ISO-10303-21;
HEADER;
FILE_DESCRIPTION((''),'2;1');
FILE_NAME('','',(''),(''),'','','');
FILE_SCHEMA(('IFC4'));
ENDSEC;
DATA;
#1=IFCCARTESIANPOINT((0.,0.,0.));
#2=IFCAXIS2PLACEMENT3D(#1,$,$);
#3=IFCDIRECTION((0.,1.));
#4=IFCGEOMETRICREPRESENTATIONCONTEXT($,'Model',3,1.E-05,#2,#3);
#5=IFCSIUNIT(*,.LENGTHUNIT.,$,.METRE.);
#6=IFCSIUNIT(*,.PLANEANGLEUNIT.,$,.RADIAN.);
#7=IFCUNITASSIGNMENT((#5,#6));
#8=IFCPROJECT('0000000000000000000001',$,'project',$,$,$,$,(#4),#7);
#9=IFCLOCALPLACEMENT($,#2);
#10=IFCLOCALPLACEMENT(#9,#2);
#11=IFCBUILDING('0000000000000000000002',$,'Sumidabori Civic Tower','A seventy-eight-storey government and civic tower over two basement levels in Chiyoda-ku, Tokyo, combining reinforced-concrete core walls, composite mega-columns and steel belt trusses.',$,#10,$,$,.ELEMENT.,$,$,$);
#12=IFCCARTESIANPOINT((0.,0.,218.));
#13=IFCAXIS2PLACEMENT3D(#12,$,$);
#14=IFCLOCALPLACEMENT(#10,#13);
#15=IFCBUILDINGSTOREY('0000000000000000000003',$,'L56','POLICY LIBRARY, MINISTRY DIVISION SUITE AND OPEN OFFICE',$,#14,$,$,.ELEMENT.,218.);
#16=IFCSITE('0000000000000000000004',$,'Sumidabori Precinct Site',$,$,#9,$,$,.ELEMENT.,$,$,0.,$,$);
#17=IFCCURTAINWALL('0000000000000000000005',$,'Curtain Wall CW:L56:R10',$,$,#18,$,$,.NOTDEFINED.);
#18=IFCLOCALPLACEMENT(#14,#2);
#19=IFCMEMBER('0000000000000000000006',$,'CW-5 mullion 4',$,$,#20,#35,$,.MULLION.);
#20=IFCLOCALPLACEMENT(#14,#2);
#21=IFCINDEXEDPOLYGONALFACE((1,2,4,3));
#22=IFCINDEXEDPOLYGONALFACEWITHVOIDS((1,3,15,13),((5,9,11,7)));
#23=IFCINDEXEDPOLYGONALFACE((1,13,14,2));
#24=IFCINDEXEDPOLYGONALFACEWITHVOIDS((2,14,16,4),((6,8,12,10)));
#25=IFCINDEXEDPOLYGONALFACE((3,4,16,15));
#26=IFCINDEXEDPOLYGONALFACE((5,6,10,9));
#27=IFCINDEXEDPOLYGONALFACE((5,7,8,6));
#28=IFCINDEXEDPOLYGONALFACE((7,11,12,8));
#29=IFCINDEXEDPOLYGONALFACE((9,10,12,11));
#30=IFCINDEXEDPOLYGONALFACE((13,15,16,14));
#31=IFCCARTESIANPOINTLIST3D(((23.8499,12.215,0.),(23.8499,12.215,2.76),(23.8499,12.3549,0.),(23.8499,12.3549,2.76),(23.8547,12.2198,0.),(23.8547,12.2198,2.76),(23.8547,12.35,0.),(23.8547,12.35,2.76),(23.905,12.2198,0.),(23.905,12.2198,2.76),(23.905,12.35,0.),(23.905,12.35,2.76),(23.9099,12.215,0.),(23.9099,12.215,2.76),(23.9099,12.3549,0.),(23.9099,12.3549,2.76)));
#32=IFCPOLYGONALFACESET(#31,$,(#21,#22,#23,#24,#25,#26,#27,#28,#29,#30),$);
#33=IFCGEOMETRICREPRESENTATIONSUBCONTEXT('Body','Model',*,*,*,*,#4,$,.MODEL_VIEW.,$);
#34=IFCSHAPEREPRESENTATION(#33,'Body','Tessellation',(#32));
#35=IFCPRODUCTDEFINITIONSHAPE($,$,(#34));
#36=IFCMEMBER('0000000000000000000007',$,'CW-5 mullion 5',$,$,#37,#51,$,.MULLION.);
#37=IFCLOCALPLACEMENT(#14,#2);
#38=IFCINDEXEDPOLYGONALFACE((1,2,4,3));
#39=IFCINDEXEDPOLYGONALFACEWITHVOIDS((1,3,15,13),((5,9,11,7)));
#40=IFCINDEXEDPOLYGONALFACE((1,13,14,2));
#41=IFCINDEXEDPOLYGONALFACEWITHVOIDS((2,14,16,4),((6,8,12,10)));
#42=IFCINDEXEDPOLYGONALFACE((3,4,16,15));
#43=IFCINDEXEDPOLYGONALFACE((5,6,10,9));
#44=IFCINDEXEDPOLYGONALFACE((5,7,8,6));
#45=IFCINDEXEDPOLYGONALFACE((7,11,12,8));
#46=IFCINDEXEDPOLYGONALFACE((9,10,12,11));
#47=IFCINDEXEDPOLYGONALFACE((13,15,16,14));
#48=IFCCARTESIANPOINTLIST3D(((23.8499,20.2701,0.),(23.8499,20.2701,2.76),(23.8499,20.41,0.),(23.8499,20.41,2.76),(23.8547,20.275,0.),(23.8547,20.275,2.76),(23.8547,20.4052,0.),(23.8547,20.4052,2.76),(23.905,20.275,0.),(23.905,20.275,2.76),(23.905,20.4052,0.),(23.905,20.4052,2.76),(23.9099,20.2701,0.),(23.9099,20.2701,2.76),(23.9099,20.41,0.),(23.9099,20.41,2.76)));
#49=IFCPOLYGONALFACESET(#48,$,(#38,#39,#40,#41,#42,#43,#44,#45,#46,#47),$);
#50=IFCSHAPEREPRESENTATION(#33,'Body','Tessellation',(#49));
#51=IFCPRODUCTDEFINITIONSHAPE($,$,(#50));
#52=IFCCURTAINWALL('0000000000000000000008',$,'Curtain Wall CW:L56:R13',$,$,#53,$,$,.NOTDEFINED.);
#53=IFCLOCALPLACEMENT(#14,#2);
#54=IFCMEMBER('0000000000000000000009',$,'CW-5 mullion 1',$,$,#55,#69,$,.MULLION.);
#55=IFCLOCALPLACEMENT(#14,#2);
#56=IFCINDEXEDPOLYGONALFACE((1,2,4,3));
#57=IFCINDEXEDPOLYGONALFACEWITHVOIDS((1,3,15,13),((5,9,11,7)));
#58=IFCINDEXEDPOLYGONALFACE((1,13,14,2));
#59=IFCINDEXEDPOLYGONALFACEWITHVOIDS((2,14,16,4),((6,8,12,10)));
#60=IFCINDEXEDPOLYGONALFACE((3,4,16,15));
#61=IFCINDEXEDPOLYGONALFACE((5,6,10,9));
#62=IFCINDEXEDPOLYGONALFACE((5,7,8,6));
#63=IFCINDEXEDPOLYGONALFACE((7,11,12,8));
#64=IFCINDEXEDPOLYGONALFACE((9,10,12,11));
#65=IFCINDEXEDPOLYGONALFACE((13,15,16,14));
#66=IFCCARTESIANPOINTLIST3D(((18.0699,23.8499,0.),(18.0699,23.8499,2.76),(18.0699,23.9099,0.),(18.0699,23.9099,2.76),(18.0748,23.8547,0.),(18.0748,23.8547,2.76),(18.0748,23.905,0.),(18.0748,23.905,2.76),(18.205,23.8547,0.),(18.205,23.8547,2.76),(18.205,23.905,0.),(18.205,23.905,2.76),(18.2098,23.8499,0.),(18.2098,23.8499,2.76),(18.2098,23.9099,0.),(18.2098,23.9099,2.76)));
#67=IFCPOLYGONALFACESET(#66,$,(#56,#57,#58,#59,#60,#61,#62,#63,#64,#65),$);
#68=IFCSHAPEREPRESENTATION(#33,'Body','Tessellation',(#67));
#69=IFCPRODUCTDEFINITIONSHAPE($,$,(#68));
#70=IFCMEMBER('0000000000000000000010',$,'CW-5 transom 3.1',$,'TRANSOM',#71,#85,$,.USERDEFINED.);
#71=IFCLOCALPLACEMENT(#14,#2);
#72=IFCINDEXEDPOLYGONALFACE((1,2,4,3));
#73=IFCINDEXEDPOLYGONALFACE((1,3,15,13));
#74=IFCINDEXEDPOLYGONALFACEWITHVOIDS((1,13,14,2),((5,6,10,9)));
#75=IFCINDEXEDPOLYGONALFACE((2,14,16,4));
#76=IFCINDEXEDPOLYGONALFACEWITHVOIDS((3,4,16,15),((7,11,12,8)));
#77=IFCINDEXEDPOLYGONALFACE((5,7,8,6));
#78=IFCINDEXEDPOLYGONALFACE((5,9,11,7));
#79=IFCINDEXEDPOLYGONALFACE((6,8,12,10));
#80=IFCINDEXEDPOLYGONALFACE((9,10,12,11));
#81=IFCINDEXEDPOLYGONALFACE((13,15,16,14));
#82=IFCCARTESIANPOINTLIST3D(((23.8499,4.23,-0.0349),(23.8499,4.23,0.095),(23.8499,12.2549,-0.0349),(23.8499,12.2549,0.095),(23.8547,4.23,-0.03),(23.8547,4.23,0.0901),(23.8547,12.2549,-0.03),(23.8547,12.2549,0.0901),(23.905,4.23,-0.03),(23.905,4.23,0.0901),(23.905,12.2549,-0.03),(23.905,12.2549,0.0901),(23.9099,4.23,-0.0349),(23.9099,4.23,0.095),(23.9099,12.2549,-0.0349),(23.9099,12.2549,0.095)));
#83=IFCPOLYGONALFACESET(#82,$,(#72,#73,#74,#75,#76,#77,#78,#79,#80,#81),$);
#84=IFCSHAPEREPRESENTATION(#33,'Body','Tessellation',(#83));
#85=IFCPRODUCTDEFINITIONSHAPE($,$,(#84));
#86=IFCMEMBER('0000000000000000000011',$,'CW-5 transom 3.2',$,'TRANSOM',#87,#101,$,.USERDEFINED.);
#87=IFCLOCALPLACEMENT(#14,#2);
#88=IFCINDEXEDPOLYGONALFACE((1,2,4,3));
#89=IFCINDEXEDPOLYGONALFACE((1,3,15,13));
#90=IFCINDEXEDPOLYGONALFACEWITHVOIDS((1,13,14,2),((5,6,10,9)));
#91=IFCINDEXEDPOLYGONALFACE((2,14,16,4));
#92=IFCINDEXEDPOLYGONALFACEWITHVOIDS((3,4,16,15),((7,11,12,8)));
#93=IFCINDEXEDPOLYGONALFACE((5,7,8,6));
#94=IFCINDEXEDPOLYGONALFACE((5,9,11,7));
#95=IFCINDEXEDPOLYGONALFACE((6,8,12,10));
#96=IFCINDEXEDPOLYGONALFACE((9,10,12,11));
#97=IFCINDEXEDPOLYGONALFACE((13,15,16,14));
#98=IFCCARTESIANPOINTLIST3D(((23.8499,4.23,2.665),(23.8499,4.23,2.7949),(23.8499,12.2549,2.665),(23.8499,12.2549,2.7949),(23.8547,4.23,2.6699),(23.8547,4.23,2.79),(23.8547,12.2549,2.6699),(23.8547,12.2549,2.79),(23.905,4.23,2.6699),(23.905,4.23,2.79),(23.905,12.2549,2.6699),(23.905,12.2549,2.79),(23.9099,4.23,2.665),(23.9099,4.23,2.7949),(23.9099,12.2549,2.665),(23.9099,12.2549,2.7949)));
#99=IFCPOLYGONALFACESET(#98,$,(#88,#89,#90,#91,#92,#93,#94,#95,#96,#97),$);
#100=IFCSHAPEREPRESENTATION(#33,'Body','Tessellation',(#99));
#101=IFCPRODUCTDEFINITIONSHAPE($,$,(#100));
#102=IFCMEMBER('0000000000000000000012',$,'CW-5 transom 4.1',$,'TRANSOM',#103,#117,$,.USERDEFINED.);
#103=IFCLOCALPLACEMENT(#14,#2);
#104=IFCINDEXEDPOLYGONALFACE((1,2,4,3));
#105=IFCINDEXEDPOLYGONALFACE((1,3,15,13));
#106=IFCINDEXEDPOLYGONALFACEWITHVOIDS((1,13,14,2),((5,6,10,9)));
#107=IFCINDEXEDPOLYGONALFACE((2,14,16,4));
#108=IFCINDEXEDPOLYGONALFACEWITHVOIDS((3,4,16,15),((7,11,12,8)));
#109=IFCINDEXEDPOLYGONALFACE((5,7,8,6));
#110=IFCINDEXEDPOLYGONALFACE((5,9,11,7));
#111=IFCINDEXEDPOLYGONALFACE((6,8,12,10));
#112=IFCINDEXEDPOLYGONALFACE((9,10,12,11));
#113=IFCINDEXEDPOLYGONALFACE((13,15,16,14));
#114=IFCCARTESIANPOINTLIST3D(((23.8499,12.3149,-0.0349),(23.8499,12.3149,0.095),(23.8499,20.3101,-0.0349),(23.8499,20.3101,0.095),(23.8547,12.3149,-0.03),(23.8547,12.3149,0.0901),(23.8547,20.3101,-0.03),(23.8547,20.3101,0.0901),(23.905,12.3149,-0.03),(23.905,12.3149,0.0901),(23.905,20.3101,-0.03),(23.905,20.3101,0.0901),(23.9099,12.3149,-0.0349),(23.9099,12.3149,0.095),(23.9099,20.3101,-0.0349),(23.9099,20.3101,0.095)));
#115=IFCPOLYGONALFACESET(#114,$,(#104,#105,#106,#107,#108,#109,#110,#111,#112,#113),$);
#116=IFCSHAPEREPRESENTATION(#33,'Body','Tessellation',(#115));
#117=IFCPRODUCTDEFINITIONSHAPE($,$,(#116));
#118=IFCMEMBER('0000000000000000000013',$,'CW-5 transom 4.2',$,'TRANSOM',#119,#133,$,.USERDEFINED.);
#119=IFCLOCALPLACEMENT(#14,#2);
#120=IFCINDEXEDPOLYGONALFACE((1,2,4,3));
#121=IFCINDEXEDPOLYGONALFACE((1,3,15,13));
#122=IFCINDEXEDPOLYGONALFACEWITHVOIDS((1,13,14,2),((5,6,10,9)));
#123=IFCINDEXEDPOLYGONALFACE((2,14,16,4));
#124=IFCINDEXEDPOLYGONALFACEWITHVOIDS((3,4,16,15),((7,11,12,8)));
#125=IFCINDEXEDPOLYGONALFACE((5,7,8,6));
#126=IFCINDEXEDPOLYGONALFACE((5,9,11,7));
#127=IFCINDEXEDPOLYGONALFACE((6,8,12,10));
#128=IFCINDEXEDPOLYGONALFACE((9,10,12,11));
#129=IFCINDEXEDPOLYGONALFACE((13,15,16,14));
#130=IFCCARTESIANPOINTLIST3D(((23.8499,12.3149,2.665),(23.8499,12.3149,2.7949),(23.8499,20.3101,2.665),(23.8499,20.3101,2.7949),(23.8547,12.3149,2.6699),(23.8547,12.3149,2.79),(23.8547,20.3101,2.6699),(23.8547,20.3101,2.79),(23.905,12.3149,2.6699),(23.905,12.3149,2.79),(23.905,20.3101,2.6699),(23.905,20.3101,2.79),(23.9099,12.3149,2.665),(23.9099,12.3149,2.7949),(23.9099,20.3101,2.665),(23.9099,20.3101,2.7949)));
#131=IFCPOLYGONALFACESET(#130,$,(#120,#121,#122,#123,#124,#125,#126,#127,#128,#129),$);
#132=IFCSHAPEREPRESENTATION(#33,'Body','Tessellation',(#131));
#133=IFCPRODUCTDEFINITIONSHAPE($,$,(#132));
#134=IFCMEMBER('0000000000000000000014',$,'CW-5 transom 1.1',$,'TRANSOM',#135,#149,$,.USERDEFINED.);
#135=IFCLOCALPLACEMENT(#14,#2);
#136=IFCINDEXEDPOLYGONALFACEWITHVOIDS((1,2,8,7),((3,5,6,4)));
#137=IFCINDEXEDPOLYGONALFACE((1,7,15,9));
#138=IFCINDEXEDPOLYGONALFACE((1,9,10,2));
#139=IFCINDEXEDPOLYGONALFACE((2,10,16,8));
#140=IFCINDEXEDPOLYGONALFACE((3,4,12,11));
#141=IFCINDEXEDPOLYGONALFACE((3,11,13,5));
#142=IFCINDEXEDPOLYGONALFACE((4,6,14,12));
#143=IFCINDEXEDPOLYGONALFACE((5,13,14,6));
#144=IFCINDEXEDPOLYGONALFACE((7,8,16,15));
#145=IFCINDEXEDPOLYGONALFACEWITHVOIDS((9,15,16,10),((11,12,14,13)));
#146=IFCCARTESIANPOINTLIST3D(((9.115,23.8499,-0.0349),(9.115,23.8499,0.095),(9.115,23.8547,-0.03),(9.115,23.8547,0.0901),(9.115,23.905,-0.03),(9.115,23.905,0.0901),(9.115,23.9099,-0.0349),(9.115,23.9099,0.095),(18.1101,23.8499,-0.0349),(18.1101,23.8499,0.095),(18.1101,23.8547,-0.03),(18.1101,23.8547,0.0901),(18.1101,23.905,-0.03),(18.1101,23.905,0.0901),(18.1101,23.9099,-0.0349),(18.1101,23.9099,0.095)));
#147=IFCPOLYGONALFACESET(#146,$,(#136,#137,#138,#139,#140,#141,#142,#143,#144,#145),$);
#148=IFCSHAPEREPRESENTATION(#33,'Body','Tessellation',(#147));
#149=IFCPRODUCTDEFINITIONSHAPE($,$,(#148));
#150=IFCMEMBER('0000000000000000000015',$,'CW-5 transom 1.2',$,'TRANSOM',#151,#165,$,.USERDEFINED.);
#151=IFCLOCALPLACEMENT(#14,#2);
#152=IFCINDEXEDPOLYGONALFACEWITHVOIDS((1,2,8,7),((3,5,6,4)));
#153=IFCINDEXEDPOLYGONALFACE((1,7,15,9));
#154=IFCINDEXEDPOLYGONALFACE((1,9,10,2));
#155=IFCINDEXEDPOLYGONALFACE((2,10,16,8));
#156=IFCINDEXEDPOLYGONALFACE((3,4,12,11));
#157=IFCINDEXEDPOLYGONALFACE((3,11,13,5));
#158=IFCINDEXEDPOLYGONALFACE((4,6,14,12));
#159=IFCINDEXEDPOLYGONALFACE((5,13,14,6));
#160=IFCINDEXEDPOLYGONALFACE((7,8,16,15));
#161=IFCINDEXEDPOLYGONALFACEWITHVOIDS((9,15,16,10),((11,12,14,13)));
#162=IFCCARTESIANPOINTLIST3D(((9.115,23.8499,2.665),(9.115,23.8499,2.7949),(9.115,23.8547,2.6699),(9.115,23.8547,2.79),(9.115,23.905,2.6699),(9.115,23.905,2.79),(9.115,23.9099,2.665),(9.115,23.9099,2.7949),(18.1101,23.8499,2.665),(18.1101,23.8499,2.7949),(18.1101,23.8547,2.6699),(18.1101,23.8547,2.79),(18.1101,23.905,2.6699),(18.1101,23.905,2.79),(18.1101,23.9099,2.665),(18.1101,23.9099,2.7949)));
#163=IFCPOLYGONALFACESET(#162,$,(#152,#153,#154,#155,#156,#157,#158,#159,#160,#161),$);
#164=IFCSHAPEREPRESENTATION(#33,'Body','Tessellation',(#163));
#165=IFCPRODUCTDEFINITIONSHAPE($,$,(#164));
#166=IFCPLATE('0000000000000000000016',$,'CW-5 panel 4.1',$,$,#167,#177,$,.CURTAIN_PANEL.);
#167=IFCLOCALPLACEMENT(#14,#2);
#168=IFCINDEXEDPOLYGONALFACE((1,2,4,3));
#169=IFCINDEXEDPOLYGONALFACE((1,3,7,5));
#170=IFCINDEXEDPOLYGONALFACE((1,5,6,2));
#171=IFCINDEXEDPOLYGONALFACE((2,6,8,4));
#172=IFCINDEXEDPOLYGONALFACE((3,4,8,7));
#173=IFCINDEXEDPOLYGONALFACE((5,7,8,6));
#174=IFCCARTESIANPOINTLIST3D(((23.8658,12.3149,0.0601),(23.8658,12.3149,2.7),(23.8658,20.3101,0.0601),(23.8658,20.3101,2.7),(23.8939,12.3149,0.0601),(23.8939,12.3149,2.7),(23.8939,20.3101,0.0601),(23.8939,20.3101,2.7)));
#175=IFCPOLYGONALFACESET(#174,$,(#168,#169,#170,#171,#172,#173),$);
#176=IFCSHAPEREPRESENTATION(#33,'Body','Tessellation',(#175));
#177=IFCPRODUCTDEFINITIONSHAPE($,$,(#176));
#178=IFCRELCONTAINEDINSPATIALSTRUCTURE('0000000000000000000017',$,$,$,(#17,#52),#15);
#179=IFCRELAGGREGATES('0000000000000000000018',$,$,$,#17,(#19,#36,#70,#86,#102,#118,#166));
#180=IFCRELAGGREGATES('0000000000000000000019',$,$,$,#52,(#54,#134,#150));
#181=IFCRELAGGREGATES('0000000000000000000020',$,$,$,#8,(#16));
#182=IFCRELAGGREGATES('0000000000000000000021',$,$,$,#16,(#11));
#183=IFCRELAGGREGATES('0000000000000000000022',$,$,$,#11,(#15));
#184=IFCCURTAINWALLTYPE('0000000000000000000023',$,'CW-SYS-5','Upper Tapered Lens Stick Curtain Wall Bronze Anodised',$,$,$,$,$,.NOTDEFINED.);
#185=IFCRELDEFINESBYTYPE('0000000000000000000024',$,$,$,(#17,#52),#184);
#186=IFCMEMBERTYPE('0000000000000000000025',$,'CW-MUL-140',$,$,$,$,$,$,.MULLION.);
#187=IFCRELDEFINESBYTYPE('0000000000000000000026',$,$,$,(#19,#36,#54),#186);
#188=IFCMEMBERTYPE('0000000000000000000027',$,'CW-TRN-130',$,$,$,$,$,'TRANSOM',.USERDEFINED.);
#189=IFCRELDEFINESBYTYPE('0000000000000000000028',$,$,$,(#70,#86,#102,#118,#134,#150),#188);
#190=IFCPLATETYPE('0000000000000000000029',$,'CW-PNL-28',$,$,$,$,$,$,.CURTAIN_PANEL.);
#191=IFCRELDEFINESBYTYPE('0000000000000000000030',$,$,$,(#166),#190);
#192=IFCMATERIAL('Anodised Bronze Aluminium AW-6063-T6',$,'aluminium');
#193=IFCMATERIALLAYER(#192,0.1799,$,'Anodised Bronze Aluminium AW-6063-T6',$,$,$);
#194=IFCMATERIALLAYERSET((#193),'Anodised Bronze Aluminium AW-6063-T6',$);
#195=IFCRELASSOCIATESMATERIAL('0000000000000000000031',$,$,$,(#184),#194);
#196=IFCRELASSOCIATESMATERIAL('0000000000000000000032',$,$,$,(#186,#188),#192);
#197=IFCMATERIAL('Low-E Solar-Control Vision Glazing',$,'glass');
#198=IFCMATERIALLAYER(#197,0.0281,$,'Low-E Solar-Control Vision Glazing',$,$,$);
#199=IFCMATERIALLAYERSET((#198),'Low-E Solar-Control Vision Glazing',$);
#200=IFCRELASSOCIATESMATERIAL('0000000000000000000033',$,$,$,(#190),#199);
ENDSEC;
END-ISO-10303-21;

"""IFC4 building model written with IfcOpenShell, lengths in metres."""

from ifc_helpers import new_model, si_unit, direction, frame, origin, origin_2d, place, context, subcontext, project, spatial, rectangle, hollow_rectangle, extrude, source, transform, mapped, material, layer, layer_set, material_profile, profile_set, type_object, element, aggregate, save


model = new_model("IFC4")

# Units and contexts
model_context = context("Model", 3, precision=1e-05, world=origin(), true_north=direction((0.0, 1.0)))
body_context = subcontext(model_context, "Body", "Model", "MODEL_VIEW")
ifc_project = project(units=[si_unit("LENGTHUNIT", "METRE"), si_unit("PLANEANGLEUNIT", "RADIAN")], contexts=[model_context])

# Site, building, storey
site_placement = place(None, origin())
site = spatial("IfcSite", under=ifc_project, at=site_placement, Name="Sumidabori Precinct Site", CompositionType="ELEMENT", RefElevation=0.0)
building_placement = place(site_placement, origin())
building = spatial("IfcBuilding", under=site, at=building_placement, Name="Sumidabori Civic Tower", Description="A seventy-eight-storey government and civic tower over two basement levels in Chiyoda-ku, Tokyo, combining reinforced-concrete core walls, composite mega-columns and steel belt trusses.", CompositionType="ELEMENT")
storey_placement = place(building_placement, frame((0.0, 0.0, 218.0)))
storey = spatial("IfcBuildingStorey", under=building, at=storey_placement, Name="L56", Description="POLICY LIBRARY, MINISTRY DIVISION SUITE AND OPEN OFFICE", CompositionType="ELEMENT", Elevation=218.0)

# Curtain wall, members
ifc_material_1 = material(Name="Anodised Bronze Aluminium AW-6063-T6", Category="aluminium")
ifc_layer_1 = layer(ifc_material_1, 0.1799, Name="Anodised Bronze Aluminium AW-6063-T6")
ifc_layer_set_1 = layer_set([ifc_layer_1], Name="Anodised Bronze Aluminium AW-6063-T6")
curtain_wall_type = type_object("IfcCurtainWallType", Name="CW-SYS-5", Description="Upper Tapered Lens Stick Curtain Wall Bronze Anodised", PredefinedType="NOTDEFINED", material=ifc_layer_set_1)
curtain_wall_1_placement = place(storey_placement, origin())
curtain_wall_1 = element("IfcCurtainWall", 1, at=curtain_wall_1_placement, inside=storey, type_object=curtain_wall_type, Name="Curtain Wall CW:L56:R10", PredefinedType="NOTDEFINED")
ifc_material_profile_1 = material_profile(ifc_material_1, hollow_rectangle(XDim=0.0601, YDim=0.1399, WallThickness=0.0049, at=origin_2d()), Name="ALU MULLION 140x60")
ifc_profile_set_1 = profile_set([ifc_material_profile_1], Name="Anodised Bronze Aluminium AW-6063-T6")
member_type_1 = type_object("IfcMemberType", Name="CW-MUL-140", PredefinedType="MULLION", material=ifc_profile_set_1)
shared_shape_1 = source(origin(), body_context, "Body", "SweptSolid", [
    extrude(hollow_rectangle(XDim=0.0601, YDim=0.1399, WallThickness=0.0049, at=origin_2d()), origin(), (0.0, 0.0, 1.0), 2.76),
])
member_1_placement = place(storey_placement, frame((23.8799, 12.2849, 0.0), z_axis=(0.0, 0.0, 1.0), x_axis=(-1.0, 0.0, 0.0)))
member_1 = element("IfcMember", 2, at=member_1_placement, type_object=member_type_1, Name="CW-5 mullion 4", PredefinedType="MULLION", context=body_context, shape_type="MappedRepresentation", body=[
    mapped(shared_shape_1, transform((0.0, 0.0, 0.0), x_axis=(1.0, 0.0, 0.0), y_axis=(0.0, 1.0, 0.0), z_axis=(0.0, 0.0, 1.0), scale=1.0)),
])
member_2_placement = place(storey_placement, frame((23.8799, 20.3401, 0.0), z_axis=(0.0, 0.0, 1.0), x_axis=(-1.0, 0.0, 0.0)))
member_2 = element("IfcMember", 3, at=member_2_placement, type_object=member_type_1, Name="CW-5 mullion 5", PredefinedType="MULLION", context=body_context, shape_type="MappedRepresentation", body=[
    mapped(shared_shape_1, transform((0.0, 0.0, 0.0), x_axis=(1.0, 0.0, 0.0), y_axis=(0.0, 1.0, 0.0), z_axis=(0.0, 0.0, 1.0), scale=1.0)),
])

# Curtain wall, member
curtain_wall_2_placement = place(storey_placement, origin())
curtain_wall_2 = element("IfcCurtainWall", 4, at=curtain_wall_2_placement, inside=storey, type_object=curtain_wall_type, Name="Curtain Wall CW:L56:R13", PredefinedType="NOTDEFINED")
member_3_placement = place(storey_placement, frame((18.1399, 23.8799, 0.0), z_axis=(0.0, 0.0, 1.0), x_axis=(0.0, -1.0, 0.0)))
member_3 = element("IfcMember", 5, at=member_3_placement, type_object=member_type_1, Name="CW-5 mullion 1", PredefinedType="MULLION", context=body_context, shape_type="MappedRepresentation", body=[
    mapped(shared_shape_1, transform((0.0, 0.0, 0.0), x_axis=(1.0, 0.0, 0.0), y_axis=(0.0, 1.0, 0.0), z_axis=(0.0, 0.0, 1.0), scale=1.0)),
])

# Members
ifc_material_profile_2 = material_profile(ifc_material_1, hollow_rectangle(XDim=0.0601, YDim=0.1299, WallThickness=0.0049, at=origin_2d()), Name="ALU TRANSOM 130x60")
ifc_profile_set_2 = profile_set([ifc_material_profile_2], Name="Anodised Bronze Aluminium AW-6063-T6")
member_type_2 = type_object("IfcMemberType", Name="CW-TRN-130", ElementType="TRANSOM", PredefinedType="USERDEFINED", material=ifc_profile_set_2)
shared_shape_2 = source(origin(), body_context, "Body", "SweptSolid", [
    extrude(hollow_rectangle(XDim=0.0601, YDim=0.1299, WallThickness=0.0049, at=origin_2d()), origin(), (0.0, 0.0, 1.0), 8.0249),
])
member_4_placement = place(storey_placement, frame((23.8799, 4.23, 0.03), z_axis=(0.0, 1.0, 0.0), x_axis=(-1.0, 0.0, 0.0)))
member_4 = element("IfcMember", 6, at=member_4_placement, type_object=member_type_2, Name="CW-5 transom 3.1", ObjectType="TRANSOM", PredefinedType="USERDEFINED", context=body_context, shape_type="MappedRepresentation", body=[
    mapped(shared_shape_2, transform((0.0, 0.0, 0.0), x_axis=(1.0, 0.0, 0.0), y_axis=(0.0, 1.0, 0.0), z_axis=(0.0, 0.0, 1.0), scale=1.0)),
])
member_5_placement = place(storey_placement, frame((23.8799, 4.23, 2.73), z_axis=(0.0, 1.0, 0.0), x_axis=(-1.0, 0.0, 0.0)))
member_5 = element("IfcMember", 7, at=member_5_placement, type_object=member_type_2, Name="CW-5 transom 3.2", ObjectType="TRANSOM", PredefinedType="USERDEFINED", context=body_context, shape_type="MappedRepresentation", body=[
    mapped(shared_shape_2, transform((0.0, 0.0, 0.0), x_axis=(1.0, 0.0, 0.0), y_axis=(0.0, 1.0, 0.0), z_axis=(0.0, 0.0, 1.0), scale=1.0)),
])
shared_shape_3 = source(origin(), body_context, "Body", "SweptSolid", [
    extrude(hollow_rectangle(XDim=0.0601, YDim=0.1299, WallThickness=0.0049, at=origin_2d()), origin(), (0.0, 0.0, 1.0), 7.9951),
])
member_6_placement = place(storey_placement, frame((23.8799, 12.3149, 0.03), z_axis=(0.0, 1.0, 0.0), x_axis=(-1.0, 0.0, 0.0)))
member_6 = element("IfcMember", 8, at=member_6_placement, type_object=member_type_2, Name="CW-5 transom 4.1", ObjectType="TRANSOM", PredefinedType="USERDEFINED", context=body_context, shape_type="MappedRepresentation", body=[
    mapped(shared_shape_3, transform((0.0, 0.0, 0.0), x_axis=(1.0, 0.0, 0.0), y_axis=(0.0, 1.0, 0.0), z_axis=(0.0, 0.0, 1.0), scale=1.0)),
])
member_7_placement = place(storey_placement, frame((23.8799, 12.3149, 2.73), z_axis=(0.0, 1.0, 0.0), x_axis=(-1.0, 0.0, 0.0)))
member_7 = element("IfcMember", 9, at=member_7_placement, type_object=member_type_2, Name="CW-5 transom 4.2", ObjectType="TRANSOM", PredefinedType="USERDEFINED", context=body_context, shape_type="MappedRepresentation", body=[
    mapped(shared_shape_3, transform((0.0, 0.0, 0.0), x_axis=(1.0, 0.0, 0.0), y_axis=(0.0, 1.0, 0.0), z_axis=(0.0, 0.0, 1.0), scale=1.0)),
])
shared_shape_4 = source(origin(), body_context, "Body", "SweptSolid", [
    extrude(hollow_rectangle(XDim=0.0601, YDim=0.1299, WallThickness=0.0049, at=origin_2d()), origin(), (0.0, 0.0, 1.0), 8.9951),
])
member_8_placement = place(storey_placement, frame((18.1101, 23.8799, 0.03), z_axis=(-1.0, 0.0, 0.0), x_axis=(0.0, -1.0, 0.0)))
member_8 = element("IfcMember", 10, at=member_8_placement, type_object=member_type_2, Name="CW-5 transom 1.1", ObjectType="TRANSOM", PredefinedType="USERDEFINED", context=body_context, shape_type="MappedRepresentation", body=[
    mapped(shared_shape_4, transform((0.0, 0.0, 0.0), x_axis=(1.0, 0.0, 0.0), y_axis=(0.0, 1.0, 0.0), z_axis=(0.0, 0.0, 1.0), scale=1.0)),
])
member_9_placement = place(storey_placement, frame((18.1101, 23.8799, 2.73), z_axis=(-1.0, 0.0, 0.0), x_axis=(0.0, -1.0, 0.0)))
member_9 = element("IfcMember", 11, at=member_9_placement, type_object=member_type_2, Name="CW-5 transom 1.2", ObjectType="TRANSOM", PredefinedType="USERDEFINED", context=body_context, shape_type="MappedRepresentation", body=[
    mapped(shared_shape_4, transform((0.0, 0.0, 0.0), x_axis=(1.0, 0.0, 0.0), y_axis=(0.0, 1.0, 0.0), z_axis=(0.0, 0.0, 1.0), scale=1.0)),
])

# Plate
ifc_material_2 = material(Name="Low-E Solar-Control Vision Glazing", Category="glass")
ifc_layer_2 = layer(ifc_material_2, 0.0281, Name="Low-E Solar-Control Vision Glazing")
ifc_layer_set_2 = layer_set([ifc_layer_2], Name="Low-E Solar-Control Vision Glazing")
plate_type = type_object("IfcPlateType", Name="CW-PNL-28", PredefinedType="CURTAIN_PANEL", material=ifc_layer_set_2)
shared_shape_5 = source(origin(), body_context, "Body", "SweptSolid", [
    extrude(rectangle(XDim=7.9951, YDim=0.0281, at=origin_2d()), origin(), (0.0, 0.0, 1.0), 2.6399),
])
plate_1_placement = place(storey_placement, frame((23.8799, 16.3125, 0.0601), z_axis=(0.0, 0.0, 1.0), x_axis=(0.0, 1.0, 0.0)))
plate_1 = element("IfcPlate", 12, at=plate_1_placement, type_object=plate_type, Name="CW-5 panel 4.1", PredefinedType="CURTAIN_PANEL", context=body_context, shape_type="MappedRepresentation", body=[
    mapped(shared_shape_5, transform((0.0, 0.0, 0.0), x_axis=(1.0, 0.0, 0.0), y_axis=(0.0, 1.0, 0.0), z_axis=(0.0, 0.0, 1.0), scale=1.0)),
])
aggregate(curtain_wall_1, [member_1, member_2, member_4, member_5, member_6, member_7, plate_1])
aggregate(curtain_wall_2, [member_3, member_8, member_9])

save(model, "model.ifc")
